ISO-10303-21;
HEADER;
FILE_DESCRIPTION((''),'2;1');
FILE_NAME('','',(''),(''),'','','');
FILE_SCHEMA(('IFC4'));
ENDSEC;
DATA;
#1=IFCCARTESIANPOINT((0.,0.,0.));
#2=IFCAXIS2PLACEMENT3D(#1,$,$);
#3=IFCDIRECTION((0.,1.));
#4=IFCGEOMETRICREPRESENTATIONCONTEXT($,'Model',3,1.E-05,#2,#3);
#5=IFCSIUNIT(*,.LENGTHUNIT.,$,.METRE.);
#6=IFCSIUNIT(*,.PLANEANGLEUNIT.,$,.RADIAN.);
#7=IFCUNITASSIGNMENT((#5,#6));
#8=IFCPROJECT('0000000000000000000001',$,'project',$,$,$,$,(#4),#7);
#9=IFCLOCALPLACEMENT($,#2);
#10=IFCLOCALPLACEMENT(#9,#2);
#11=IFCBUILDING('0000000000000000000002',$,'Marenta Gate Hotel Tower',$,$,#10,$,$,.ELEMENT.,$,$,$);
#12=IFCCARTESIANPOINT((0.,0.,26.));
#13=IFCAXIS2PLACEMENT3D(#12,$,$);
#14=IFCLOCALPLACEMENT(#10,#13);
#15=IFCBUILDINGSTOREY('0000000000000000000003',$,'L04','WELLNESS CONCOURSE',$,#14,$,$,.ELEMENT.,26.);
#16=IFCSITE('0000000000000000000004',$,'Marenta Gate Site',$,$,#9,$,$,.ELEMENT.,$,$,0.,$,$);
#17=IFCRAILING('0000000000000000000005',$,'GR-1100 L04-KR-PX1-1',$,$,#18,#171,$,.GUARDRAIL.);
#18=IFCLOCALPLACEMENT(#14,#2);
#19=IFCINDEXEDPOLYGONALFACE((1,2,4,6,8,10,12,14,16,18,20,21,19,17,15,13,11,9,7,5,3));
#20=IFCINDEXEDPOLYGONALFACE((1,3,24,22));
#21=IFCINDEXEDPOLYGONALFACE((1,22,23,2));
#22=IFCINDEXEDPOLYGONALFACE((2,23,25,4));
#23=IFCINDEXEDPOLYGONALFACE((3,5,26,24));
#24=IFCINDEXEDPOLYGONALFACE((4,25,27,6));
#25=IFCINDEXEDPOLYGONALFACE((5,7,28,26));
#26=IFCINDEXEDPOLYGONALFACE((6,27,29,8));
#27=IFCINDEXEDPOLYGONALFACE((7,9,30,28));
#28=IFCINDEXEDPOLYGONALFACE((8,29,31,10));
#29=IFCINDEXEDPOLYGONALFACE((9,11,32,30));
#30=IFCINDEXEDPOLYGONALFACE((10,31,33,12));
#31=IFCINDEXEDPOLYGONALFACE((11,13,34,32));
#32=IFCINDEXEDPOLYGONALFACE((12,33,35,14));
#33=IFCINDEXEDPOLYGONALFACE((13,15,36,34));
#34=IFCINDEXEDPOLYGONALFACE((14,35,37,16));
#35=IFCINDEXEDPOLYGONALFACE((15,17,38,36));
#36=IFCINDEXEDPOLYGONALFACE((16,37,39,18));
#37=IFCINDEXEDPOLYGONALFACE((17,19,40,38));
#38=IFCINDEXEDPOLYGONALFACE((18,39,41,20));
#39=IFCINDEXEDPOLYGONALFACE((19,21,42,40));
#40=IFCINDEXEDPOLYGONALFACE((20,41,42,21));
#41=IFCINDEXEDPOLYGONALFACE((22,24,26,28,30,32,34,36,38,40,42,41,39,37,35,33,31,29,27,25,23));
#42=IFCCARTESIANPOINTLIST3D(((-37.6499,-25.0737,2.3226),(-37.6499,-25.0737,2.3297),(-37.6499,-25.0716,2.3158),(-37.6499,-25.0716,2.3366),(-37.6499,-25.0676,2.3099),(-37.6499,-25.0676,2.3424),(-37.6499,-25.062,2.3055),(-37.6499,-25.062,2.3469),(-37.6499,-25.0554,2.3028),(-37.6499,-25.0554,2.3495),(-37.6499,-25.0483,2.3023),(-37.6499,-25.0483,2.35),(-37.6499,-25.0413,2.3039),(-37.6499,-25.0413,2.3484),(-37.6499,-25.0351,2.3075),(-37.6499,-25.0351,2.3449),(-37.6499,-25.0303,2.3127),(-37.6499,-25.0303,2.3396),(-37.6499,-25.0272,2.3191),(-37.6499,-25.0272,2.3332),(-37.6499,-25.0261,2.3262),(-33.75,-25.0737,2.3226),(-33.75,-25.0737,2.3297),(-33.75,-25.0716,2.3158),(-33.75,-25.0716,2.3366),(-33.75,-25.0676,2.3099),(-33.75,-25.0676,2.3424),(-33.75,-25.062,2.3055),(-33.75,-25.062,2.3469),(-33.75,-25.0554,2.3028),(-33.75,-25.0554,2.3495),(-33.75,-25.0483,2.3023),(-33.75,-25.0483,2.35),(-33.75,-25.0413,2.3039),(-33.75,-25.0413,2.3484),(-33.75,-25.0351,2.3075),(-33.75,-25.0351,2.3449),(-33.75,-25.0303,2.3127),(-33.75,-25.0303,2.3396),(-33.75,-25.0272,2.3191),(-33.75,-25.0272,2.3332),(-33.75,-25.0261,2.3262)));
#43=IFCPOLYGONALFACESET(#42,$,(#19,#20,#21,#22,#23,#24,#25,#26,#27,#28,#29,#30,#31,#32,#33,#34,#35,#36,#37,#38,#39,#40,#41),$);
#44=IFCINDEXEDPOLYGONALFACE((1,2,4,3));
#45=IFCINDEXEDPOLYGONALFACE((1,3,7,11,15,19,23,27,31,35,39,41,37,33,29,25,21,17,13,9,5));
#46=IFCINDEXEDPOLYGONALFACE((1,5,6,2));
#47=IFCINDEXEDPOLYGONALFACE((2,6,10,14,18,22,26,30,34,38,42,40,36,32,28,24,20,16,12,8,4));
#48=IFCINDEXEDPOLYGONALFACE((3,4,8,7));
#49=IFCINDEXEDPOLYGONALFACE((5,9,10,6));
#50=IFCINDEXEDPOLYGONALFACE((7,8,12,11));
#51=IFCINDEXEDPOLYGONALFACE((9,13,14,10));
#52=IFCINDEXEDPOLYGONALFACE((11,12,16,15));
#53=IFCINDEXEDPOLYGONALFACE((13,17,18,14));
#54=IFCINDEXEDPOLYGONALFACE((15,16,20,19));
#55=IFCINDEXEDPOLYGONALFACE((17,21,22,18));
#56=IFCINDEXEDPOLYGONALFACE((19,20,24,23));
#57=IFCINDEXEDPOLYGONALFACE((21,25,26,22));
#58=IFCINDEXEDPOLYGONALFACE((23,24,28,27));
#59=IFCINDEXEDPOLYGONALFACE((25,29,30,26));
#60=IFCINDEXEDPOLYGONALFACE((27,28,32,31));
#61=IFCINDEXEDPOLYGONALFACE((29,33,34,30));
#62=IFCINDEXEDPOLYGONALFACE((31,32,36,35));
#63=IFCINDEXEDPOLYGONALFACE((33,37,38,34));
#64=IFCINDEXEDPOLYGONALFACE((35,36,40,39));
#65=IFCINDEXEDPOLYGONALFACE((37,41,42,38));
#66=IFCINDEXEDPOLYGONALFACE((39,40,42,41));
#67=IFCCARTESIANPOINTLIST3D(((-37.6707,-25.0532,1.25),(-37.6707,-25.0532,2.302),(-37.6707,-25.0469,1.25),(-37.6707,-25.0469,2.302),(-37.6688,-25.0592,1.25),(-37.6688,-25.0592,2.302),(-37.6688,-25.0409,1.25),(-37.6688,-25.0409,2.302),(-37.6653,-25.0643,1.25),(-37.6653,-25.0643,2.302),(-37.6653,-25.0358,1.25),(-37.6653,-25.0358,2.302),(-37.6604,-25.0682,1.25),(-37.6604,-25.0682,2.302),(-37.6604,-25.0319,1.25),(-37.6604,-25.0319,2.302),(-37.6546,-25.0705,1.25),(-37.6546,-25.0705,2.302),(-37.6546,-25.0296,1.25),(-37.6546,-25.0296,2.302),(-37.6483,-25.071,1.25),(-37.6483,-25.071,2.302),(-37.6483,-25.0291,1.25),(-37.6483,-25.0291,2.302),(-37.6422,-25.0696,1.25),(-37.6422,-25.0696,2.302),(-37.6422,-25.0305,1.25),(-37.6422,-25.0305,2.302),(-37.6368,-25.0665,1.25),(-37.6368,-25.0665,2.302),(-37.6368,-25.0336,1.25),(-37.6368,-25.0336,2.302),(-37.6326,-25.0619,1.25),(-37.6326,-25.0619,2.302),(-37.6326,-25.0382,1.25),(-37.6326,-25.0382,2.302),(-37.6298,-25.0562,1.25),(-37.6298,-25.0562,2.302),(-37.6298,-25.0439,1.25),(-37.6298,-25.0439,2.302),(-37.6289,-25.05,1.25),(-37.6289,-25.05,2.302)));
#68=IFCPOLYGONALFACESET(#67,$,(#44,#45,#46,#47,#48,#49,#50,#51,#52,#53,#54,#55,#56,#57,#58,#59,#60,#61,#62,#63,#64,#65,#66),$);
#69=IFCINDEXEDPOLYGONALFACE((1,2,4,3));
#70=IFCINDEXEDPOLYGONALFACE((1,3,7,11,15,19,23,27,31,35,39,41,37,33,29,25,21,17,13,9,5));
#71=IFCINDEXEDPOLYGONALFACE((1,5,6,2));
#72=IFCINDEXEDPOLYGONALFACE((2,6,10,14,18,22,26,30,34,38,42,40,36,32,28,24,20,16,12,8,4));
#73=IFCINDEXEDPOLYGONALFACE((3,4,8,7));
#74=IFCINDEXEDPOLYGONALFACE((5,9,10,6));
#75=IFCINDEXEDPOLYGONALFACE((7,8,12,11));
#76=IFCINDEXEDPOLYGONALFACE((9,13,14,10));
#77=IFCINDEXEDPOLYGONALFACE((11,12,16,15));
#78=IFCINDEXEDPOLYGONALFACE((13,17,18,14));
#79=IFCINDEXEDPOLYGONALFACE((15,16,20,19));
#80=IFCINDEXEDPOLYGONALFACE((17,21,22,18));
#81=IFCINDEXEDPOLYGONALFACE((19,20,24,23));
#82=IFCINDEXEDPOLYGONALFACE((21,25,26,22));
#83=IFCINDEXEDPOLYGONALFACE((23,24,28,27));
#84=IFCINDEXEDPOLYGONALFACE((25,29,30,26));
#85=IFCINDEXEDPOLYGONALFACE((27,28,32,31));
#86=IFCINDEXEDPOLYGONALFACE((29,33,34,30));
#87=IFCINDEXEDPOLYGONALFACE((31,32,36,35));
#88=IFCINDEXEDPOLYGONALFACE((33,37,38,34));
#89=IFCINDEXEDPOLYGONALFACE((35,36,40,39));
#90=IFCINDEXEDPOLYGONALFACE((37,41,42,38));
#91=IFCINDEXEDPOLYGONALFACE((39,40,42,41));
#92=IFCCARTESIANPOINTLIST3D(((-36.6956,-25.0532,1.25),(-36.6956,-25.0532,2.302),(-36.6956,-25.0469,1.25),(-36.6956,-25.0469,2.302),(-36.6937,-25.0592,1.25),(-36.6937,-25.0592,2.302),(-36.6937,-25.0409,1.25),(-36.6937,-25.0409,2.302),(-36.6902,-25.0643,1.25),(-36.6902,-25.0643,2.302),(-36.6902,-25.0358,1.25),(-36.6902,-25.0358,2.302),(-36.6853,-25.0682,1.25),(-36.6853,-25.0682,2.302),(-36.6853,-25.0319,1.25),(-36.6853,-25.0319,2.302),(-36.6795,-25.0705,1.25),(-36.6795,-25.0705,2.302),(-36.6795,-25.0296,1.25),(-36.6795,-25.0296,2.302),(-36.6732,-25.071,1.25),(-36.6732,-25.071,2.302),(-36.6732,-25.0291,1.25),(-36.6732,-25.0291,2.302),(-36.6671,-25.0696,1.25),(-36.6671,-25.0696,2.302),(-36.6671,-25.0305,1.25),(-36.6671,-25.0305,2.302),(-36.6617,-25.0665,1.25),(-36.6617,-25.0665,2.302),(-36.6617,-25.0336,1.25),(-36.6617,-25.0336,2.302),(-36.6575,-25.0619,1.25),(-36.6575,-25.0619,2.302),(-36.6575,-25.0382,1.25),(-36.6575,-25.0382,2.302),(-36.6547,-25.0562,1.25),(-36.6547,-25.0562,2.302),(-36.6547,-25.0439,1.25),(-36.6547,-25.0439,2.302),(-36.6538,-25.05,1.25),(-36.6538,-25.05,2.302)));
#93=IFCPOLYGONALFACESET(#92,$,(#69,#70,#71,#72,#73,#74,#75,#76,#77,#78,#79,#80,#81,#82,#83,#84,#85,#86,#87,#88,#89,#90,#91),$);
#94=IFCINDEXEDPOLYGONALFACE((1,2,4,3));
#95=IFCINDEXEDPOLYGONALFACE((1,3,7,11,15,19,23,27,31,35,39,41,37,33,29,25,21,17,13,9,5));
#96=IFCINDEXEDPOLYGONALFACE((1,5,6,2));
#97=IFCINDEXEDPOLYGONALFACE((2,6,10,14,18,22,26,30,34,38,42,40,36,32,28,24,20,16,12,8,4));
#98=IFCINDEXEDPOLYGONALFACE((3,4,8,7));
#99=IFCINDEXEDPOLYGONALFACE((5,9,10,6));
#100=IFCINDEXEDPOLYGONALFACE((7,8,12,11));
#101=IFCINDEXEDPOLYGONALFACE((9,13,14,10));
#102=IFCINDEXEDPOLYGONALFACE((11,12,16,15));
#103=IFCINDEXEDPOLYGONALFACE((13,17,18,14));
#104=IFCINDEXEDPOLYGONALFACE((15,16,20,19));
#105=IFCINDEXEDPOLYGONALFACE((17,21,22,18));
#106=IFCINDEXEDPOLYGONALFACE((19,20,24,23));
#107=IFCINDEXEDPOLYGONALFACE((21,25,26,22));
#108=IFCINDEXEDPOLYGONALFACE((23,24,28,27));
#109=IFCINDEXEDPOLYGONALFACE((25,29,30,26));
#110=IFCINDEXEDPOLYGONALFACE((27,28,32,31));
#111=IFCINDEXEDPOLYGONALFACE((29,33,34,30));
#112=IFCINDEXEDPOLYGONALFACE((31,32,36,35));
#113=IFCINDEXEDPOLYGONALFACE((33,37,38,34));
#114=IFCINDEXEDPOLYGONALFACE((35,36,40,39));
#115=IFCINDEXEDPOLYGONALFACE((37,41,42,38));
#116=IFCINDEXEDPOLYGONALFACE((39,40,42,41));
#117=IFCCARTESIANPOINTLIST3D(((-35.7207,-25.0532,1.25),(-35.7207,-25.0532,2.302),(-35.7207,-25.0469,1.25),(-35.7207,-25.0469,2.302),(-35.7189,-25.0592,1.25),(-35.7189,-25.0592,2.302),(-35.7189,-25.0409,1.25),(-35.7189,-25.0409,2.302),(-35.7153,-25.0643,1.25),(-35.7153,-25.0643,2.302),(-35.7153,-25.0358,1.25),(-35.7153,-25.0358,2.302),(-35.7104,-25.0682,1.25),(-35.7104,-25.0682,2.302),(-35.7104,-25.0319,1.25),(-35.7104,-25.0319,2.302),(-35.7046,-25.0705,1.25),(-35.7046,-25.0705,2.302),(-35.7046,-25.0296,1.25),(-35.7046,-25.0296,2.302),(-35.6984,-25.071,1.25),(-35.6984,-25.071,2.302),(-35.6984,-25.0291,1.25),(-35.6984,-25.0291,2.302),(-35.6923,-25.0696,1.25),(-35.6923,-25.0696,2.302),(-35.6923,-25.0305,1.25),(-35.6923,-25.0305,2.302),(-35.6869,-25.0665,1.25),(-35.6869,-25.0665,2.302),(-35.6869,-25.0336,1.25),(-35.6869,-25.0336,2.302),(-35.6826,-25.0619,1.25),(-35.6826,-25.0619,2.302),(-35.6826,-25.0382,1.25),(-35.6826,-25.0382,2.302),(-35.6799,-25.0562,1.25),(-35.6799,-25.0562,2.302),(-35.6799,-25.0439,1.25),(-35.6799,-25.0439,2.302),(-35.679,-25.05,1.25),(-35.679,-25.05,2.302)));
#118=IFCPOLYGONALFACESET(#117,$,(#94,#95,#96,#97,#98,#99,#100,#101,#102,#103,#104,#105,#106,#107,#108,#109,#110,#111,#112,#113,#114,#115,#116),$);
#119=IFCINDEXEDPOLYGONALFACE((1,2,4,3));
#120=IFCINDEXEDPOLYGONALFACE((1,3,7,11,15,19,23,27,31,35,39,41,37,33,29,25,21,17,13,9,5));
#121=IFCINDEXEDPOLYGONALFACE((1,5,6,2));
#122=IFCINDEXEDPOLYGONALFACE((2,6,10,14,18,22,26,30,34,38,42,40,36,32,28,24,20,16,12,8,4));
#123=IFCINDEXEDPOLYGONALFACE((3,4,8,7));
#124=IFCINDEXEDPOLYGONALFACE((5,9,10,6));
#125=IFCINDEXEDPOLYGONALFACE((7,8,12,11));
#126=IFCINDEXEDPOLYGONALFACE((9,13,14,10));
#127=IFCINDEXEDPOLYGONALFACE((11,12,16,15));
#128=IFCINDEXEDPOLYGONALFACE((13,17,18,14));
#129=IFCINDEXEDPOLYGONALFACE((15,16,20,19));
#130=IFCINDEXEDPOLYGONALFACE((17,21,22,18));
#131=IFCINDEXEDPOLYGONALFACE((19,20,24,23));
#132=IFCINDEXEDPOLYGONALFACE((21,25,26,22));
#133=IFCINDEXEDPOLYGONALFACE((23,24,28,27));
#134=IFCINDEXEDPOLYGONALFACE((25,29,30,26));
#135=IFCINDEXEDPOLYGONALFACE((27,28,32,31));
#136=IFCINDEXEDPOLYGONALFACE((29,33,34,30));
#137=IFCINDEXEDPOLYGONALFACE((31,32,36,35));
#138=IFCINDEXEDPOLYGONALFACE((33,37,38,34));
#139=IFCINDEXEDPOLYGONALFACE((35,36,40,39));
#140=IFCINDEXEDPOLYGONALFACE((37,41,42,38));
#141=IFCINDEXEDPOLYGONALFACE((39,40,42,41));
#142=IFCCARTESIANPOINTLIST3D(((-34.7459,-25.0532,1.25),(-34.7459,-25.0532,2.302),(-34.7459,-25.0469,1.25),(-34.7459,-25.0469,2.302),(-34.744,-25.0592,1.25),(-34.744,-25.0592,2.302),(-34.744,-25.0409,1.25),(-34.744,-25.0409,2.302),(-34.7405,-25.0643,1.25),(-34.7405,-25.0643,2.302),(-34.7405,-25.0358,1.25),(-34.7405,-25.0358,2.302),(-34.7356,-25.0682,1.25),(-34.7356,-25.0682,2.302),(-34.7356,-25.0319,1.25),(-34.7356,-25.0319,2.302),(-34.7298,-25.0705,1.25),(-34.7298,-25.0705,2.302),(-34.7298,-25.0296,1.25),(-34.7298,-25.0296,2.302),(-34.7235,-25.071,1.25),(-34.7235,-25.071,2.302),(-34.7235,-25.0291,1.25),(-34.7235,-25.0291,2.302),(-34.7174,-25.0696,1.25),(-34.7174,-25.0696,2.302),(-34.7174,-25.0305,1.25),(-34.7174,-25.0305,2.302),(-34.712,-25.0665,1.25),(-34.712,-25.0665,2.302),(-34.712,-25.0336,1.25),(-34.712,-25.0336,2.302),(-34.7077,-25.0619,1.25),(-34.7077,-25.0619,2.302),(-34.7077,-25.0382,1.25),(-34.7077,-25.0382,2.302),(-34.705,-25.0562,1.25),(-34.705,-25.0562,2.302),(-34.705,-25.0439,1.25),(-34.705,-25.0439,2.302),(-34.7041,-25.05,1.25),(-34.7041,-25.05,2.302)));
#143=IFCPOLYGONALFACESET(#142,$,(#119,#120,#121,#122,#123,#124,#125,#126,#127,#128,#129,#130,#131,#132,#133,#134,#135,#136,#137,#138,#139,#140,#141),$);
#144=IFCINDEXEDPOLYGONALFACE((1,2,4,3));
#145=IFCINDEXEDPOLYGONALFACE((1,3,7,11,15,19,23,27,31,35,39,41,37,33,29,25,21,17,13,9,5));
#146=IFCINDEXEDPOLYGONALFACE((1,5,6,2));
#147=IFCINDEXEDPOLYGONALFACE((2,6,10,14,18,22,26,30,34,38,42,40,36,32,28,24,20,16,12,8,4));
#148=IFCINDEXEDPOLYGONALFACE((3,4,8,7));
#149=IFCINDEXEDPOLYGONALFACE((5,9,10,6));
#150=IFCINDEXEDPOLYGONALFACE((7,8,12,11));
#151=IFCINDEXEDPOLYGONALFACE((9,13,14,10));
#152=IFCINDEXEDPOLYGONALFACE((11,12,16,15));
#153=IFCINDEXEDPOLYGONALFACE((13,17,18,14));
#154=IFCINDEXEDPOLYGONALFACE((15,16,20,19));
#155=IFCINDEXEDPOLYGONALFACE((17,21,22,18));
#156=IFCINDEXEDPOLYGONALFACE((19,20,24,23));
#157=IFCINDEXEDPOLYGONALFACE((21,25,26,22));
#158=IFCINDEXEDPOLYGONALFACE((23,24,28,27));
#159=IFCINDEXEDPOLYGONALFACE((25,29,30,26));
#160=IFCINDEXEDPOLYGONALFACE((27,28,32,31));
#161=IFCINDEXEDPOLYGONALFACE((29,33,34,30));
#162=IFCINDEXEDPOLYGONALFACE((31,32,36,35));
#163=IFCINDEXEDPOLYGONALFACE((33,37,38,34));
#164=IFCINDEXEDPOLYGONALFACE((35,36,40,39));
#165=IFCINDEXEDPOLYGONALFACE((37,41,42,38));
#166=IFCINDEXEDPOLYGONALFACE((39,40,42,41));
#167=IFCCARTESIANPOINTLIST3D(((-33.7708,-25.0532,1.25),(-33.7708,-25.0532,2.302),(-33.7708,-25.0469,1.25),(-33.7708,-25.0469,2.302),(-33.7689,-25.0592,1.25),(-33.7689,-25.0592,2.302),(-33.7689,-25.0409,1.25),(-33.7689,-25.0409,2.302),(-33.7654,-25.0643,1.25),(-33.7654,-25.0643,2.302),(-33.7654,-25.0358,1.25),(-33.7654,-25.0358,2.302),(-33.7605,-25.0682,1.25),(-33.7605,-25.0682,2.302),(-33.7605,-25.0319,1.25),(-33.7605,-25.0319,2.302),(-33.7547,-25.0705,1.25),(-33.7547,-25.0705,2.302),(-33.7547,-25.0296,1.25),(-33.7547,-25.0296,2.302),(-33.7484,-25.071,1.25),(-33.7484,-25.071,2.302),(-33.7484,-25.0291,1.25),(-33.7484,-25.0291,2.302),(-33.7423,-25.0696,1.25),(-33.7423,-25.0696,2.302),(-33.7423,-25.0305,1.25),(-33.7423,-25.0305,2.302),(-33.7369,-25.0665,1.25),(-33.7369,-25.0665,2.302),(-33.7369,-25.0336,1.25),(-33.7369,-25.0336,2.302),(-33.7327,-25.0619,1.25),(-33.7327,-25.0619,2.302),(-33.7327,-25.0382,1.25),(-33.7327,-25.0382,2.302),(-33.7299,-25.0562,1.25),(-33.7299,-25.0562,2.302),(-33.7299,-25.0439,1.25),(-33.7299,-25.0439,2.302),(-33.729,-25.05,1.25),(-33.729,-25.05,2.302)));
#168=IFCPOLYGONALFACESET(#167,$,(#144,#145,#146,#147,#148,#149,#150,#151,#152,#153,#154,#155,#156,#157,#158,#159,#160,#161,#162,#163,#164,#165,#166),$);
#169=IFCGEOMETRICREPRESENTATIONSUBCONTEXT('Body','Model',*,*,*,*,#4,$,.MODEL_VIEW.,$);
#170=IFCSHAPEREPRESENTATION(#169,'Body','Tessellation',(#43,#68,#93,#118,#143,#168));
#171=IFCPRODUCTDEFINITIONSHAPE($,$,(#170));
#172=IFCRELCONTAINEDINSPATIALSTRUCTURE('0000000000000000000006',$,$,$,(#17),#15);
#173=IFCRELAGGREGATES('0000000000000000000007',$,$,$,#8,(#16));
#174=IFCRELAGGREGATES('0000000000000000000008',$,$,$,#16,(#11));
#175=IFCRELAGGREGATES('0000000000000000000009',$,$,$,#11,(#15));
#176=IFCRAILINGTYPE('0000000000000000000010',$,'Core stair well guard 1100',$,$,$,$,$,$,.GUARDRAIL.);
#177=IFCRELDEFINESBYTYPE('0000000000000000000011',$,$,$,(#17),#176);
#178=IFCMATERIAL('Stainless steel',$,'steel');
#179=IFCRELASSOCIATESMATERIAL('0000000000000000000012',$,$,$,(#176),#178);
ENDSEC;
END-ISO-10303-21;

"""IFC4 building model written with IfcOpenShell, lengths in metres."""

from ifc_helpers import new_model, si_unit, direction, frame, origin, origin_2d, place, context, subcontext, project, spatial, circle, extrude, material, type_object, element, save


model = new_model("IFC4")

# Units and contexts
model_context = context("Model", 3, precision=1e-05, world=origin(), true_north=direction((0.0, 1.0)))
body_context = subcontext(model_context, "Body", "Model", "MODEL_VIEW")
ifc_project = project(units=[si_unit("LENGTHUNIT", "METRE"), si_unit("PLANEANGLEUNIT", "RADIAN")], contexts=[model_context])

# Site, building, storey
site_placement = place(None, origin())
site = spatial("IfcSite", under=ifc_project, at=site_placement, Name="Marenta Gate Site", CompositionType="ELEMENT", RefElevation=0.0)
building_placement = place(site_placement, origin())
building = spatial("IfcBuilding", under=site, at=building_placement, Name="Marenta Gate Hotel Tower", CompositionType="ELEMENT")
storey_placement = place(building_placement, frame((0.0, 0.0, 26.0)))
storey = spatial("IfcBuildingStorey", under=building, at=storey_placement, Name="L04", Description="WELLNESS CONCOURSE", CompositionType="ELEMENT", Elevation=26.0)

# Railing
ifc_material_1 = material(Name="Stainless steel", Category="steel")
railing_type = type_object("IfcRailingType", Name="Core stair well guard 1100", PredefinedType="GUARDRAIL", material=ifc_material_1)
for number, where, name in (
    (1, (-37.6499, -25.05, 1.25), "GR-1100 L04-KR-PX1-1"),
):
    element("IfcRailing", number, at=place(storey_placement, frame(where)), inside=storey, type_object=railing_type, Name=name, PredefinedType="GUARDRAIL", context=body_context, shape_type="SweptSolid", body=[
        extrude(circle(Radius=0.0239, at=origin_2d()), frame((0.0, 0.0, 1.0762), z_axis=(1.0, 0.0, 0.0), x_axis=(0.0, 1.0, 0.0)), (0.0, 0.0, 1.0), 3.8999),
        extrude(circle(Radius=0.021, at=origin_2d()), origin(), (0.0, 0.0, 1.0), 1.052),
        extrude(circle(Radius=0.021, at=origin_2d()), frame((0.9751, 0.0, 0.0)), (0.0, 0.0, 1.0), 1.052),
        extrude(circle(Radius=0.021, at=origin_2d()), frame((1.95, 0.0, 0.0)), (0.0, 0.0, 1.0), 1.052),
        extrude(circle(Radius=0.021, at=origin_2d()), frame((2.9248, 0.0, 0.0)), (0.0, 0.0, 1.0), 1.052),
        extrude(circle(Radius=0.021, at=origin_2d()), frame((3.8999, 0.0, 0.0)), (0.0, 0.0, 1.0), 1.052),
    ])

save(model, "model.ifc")
